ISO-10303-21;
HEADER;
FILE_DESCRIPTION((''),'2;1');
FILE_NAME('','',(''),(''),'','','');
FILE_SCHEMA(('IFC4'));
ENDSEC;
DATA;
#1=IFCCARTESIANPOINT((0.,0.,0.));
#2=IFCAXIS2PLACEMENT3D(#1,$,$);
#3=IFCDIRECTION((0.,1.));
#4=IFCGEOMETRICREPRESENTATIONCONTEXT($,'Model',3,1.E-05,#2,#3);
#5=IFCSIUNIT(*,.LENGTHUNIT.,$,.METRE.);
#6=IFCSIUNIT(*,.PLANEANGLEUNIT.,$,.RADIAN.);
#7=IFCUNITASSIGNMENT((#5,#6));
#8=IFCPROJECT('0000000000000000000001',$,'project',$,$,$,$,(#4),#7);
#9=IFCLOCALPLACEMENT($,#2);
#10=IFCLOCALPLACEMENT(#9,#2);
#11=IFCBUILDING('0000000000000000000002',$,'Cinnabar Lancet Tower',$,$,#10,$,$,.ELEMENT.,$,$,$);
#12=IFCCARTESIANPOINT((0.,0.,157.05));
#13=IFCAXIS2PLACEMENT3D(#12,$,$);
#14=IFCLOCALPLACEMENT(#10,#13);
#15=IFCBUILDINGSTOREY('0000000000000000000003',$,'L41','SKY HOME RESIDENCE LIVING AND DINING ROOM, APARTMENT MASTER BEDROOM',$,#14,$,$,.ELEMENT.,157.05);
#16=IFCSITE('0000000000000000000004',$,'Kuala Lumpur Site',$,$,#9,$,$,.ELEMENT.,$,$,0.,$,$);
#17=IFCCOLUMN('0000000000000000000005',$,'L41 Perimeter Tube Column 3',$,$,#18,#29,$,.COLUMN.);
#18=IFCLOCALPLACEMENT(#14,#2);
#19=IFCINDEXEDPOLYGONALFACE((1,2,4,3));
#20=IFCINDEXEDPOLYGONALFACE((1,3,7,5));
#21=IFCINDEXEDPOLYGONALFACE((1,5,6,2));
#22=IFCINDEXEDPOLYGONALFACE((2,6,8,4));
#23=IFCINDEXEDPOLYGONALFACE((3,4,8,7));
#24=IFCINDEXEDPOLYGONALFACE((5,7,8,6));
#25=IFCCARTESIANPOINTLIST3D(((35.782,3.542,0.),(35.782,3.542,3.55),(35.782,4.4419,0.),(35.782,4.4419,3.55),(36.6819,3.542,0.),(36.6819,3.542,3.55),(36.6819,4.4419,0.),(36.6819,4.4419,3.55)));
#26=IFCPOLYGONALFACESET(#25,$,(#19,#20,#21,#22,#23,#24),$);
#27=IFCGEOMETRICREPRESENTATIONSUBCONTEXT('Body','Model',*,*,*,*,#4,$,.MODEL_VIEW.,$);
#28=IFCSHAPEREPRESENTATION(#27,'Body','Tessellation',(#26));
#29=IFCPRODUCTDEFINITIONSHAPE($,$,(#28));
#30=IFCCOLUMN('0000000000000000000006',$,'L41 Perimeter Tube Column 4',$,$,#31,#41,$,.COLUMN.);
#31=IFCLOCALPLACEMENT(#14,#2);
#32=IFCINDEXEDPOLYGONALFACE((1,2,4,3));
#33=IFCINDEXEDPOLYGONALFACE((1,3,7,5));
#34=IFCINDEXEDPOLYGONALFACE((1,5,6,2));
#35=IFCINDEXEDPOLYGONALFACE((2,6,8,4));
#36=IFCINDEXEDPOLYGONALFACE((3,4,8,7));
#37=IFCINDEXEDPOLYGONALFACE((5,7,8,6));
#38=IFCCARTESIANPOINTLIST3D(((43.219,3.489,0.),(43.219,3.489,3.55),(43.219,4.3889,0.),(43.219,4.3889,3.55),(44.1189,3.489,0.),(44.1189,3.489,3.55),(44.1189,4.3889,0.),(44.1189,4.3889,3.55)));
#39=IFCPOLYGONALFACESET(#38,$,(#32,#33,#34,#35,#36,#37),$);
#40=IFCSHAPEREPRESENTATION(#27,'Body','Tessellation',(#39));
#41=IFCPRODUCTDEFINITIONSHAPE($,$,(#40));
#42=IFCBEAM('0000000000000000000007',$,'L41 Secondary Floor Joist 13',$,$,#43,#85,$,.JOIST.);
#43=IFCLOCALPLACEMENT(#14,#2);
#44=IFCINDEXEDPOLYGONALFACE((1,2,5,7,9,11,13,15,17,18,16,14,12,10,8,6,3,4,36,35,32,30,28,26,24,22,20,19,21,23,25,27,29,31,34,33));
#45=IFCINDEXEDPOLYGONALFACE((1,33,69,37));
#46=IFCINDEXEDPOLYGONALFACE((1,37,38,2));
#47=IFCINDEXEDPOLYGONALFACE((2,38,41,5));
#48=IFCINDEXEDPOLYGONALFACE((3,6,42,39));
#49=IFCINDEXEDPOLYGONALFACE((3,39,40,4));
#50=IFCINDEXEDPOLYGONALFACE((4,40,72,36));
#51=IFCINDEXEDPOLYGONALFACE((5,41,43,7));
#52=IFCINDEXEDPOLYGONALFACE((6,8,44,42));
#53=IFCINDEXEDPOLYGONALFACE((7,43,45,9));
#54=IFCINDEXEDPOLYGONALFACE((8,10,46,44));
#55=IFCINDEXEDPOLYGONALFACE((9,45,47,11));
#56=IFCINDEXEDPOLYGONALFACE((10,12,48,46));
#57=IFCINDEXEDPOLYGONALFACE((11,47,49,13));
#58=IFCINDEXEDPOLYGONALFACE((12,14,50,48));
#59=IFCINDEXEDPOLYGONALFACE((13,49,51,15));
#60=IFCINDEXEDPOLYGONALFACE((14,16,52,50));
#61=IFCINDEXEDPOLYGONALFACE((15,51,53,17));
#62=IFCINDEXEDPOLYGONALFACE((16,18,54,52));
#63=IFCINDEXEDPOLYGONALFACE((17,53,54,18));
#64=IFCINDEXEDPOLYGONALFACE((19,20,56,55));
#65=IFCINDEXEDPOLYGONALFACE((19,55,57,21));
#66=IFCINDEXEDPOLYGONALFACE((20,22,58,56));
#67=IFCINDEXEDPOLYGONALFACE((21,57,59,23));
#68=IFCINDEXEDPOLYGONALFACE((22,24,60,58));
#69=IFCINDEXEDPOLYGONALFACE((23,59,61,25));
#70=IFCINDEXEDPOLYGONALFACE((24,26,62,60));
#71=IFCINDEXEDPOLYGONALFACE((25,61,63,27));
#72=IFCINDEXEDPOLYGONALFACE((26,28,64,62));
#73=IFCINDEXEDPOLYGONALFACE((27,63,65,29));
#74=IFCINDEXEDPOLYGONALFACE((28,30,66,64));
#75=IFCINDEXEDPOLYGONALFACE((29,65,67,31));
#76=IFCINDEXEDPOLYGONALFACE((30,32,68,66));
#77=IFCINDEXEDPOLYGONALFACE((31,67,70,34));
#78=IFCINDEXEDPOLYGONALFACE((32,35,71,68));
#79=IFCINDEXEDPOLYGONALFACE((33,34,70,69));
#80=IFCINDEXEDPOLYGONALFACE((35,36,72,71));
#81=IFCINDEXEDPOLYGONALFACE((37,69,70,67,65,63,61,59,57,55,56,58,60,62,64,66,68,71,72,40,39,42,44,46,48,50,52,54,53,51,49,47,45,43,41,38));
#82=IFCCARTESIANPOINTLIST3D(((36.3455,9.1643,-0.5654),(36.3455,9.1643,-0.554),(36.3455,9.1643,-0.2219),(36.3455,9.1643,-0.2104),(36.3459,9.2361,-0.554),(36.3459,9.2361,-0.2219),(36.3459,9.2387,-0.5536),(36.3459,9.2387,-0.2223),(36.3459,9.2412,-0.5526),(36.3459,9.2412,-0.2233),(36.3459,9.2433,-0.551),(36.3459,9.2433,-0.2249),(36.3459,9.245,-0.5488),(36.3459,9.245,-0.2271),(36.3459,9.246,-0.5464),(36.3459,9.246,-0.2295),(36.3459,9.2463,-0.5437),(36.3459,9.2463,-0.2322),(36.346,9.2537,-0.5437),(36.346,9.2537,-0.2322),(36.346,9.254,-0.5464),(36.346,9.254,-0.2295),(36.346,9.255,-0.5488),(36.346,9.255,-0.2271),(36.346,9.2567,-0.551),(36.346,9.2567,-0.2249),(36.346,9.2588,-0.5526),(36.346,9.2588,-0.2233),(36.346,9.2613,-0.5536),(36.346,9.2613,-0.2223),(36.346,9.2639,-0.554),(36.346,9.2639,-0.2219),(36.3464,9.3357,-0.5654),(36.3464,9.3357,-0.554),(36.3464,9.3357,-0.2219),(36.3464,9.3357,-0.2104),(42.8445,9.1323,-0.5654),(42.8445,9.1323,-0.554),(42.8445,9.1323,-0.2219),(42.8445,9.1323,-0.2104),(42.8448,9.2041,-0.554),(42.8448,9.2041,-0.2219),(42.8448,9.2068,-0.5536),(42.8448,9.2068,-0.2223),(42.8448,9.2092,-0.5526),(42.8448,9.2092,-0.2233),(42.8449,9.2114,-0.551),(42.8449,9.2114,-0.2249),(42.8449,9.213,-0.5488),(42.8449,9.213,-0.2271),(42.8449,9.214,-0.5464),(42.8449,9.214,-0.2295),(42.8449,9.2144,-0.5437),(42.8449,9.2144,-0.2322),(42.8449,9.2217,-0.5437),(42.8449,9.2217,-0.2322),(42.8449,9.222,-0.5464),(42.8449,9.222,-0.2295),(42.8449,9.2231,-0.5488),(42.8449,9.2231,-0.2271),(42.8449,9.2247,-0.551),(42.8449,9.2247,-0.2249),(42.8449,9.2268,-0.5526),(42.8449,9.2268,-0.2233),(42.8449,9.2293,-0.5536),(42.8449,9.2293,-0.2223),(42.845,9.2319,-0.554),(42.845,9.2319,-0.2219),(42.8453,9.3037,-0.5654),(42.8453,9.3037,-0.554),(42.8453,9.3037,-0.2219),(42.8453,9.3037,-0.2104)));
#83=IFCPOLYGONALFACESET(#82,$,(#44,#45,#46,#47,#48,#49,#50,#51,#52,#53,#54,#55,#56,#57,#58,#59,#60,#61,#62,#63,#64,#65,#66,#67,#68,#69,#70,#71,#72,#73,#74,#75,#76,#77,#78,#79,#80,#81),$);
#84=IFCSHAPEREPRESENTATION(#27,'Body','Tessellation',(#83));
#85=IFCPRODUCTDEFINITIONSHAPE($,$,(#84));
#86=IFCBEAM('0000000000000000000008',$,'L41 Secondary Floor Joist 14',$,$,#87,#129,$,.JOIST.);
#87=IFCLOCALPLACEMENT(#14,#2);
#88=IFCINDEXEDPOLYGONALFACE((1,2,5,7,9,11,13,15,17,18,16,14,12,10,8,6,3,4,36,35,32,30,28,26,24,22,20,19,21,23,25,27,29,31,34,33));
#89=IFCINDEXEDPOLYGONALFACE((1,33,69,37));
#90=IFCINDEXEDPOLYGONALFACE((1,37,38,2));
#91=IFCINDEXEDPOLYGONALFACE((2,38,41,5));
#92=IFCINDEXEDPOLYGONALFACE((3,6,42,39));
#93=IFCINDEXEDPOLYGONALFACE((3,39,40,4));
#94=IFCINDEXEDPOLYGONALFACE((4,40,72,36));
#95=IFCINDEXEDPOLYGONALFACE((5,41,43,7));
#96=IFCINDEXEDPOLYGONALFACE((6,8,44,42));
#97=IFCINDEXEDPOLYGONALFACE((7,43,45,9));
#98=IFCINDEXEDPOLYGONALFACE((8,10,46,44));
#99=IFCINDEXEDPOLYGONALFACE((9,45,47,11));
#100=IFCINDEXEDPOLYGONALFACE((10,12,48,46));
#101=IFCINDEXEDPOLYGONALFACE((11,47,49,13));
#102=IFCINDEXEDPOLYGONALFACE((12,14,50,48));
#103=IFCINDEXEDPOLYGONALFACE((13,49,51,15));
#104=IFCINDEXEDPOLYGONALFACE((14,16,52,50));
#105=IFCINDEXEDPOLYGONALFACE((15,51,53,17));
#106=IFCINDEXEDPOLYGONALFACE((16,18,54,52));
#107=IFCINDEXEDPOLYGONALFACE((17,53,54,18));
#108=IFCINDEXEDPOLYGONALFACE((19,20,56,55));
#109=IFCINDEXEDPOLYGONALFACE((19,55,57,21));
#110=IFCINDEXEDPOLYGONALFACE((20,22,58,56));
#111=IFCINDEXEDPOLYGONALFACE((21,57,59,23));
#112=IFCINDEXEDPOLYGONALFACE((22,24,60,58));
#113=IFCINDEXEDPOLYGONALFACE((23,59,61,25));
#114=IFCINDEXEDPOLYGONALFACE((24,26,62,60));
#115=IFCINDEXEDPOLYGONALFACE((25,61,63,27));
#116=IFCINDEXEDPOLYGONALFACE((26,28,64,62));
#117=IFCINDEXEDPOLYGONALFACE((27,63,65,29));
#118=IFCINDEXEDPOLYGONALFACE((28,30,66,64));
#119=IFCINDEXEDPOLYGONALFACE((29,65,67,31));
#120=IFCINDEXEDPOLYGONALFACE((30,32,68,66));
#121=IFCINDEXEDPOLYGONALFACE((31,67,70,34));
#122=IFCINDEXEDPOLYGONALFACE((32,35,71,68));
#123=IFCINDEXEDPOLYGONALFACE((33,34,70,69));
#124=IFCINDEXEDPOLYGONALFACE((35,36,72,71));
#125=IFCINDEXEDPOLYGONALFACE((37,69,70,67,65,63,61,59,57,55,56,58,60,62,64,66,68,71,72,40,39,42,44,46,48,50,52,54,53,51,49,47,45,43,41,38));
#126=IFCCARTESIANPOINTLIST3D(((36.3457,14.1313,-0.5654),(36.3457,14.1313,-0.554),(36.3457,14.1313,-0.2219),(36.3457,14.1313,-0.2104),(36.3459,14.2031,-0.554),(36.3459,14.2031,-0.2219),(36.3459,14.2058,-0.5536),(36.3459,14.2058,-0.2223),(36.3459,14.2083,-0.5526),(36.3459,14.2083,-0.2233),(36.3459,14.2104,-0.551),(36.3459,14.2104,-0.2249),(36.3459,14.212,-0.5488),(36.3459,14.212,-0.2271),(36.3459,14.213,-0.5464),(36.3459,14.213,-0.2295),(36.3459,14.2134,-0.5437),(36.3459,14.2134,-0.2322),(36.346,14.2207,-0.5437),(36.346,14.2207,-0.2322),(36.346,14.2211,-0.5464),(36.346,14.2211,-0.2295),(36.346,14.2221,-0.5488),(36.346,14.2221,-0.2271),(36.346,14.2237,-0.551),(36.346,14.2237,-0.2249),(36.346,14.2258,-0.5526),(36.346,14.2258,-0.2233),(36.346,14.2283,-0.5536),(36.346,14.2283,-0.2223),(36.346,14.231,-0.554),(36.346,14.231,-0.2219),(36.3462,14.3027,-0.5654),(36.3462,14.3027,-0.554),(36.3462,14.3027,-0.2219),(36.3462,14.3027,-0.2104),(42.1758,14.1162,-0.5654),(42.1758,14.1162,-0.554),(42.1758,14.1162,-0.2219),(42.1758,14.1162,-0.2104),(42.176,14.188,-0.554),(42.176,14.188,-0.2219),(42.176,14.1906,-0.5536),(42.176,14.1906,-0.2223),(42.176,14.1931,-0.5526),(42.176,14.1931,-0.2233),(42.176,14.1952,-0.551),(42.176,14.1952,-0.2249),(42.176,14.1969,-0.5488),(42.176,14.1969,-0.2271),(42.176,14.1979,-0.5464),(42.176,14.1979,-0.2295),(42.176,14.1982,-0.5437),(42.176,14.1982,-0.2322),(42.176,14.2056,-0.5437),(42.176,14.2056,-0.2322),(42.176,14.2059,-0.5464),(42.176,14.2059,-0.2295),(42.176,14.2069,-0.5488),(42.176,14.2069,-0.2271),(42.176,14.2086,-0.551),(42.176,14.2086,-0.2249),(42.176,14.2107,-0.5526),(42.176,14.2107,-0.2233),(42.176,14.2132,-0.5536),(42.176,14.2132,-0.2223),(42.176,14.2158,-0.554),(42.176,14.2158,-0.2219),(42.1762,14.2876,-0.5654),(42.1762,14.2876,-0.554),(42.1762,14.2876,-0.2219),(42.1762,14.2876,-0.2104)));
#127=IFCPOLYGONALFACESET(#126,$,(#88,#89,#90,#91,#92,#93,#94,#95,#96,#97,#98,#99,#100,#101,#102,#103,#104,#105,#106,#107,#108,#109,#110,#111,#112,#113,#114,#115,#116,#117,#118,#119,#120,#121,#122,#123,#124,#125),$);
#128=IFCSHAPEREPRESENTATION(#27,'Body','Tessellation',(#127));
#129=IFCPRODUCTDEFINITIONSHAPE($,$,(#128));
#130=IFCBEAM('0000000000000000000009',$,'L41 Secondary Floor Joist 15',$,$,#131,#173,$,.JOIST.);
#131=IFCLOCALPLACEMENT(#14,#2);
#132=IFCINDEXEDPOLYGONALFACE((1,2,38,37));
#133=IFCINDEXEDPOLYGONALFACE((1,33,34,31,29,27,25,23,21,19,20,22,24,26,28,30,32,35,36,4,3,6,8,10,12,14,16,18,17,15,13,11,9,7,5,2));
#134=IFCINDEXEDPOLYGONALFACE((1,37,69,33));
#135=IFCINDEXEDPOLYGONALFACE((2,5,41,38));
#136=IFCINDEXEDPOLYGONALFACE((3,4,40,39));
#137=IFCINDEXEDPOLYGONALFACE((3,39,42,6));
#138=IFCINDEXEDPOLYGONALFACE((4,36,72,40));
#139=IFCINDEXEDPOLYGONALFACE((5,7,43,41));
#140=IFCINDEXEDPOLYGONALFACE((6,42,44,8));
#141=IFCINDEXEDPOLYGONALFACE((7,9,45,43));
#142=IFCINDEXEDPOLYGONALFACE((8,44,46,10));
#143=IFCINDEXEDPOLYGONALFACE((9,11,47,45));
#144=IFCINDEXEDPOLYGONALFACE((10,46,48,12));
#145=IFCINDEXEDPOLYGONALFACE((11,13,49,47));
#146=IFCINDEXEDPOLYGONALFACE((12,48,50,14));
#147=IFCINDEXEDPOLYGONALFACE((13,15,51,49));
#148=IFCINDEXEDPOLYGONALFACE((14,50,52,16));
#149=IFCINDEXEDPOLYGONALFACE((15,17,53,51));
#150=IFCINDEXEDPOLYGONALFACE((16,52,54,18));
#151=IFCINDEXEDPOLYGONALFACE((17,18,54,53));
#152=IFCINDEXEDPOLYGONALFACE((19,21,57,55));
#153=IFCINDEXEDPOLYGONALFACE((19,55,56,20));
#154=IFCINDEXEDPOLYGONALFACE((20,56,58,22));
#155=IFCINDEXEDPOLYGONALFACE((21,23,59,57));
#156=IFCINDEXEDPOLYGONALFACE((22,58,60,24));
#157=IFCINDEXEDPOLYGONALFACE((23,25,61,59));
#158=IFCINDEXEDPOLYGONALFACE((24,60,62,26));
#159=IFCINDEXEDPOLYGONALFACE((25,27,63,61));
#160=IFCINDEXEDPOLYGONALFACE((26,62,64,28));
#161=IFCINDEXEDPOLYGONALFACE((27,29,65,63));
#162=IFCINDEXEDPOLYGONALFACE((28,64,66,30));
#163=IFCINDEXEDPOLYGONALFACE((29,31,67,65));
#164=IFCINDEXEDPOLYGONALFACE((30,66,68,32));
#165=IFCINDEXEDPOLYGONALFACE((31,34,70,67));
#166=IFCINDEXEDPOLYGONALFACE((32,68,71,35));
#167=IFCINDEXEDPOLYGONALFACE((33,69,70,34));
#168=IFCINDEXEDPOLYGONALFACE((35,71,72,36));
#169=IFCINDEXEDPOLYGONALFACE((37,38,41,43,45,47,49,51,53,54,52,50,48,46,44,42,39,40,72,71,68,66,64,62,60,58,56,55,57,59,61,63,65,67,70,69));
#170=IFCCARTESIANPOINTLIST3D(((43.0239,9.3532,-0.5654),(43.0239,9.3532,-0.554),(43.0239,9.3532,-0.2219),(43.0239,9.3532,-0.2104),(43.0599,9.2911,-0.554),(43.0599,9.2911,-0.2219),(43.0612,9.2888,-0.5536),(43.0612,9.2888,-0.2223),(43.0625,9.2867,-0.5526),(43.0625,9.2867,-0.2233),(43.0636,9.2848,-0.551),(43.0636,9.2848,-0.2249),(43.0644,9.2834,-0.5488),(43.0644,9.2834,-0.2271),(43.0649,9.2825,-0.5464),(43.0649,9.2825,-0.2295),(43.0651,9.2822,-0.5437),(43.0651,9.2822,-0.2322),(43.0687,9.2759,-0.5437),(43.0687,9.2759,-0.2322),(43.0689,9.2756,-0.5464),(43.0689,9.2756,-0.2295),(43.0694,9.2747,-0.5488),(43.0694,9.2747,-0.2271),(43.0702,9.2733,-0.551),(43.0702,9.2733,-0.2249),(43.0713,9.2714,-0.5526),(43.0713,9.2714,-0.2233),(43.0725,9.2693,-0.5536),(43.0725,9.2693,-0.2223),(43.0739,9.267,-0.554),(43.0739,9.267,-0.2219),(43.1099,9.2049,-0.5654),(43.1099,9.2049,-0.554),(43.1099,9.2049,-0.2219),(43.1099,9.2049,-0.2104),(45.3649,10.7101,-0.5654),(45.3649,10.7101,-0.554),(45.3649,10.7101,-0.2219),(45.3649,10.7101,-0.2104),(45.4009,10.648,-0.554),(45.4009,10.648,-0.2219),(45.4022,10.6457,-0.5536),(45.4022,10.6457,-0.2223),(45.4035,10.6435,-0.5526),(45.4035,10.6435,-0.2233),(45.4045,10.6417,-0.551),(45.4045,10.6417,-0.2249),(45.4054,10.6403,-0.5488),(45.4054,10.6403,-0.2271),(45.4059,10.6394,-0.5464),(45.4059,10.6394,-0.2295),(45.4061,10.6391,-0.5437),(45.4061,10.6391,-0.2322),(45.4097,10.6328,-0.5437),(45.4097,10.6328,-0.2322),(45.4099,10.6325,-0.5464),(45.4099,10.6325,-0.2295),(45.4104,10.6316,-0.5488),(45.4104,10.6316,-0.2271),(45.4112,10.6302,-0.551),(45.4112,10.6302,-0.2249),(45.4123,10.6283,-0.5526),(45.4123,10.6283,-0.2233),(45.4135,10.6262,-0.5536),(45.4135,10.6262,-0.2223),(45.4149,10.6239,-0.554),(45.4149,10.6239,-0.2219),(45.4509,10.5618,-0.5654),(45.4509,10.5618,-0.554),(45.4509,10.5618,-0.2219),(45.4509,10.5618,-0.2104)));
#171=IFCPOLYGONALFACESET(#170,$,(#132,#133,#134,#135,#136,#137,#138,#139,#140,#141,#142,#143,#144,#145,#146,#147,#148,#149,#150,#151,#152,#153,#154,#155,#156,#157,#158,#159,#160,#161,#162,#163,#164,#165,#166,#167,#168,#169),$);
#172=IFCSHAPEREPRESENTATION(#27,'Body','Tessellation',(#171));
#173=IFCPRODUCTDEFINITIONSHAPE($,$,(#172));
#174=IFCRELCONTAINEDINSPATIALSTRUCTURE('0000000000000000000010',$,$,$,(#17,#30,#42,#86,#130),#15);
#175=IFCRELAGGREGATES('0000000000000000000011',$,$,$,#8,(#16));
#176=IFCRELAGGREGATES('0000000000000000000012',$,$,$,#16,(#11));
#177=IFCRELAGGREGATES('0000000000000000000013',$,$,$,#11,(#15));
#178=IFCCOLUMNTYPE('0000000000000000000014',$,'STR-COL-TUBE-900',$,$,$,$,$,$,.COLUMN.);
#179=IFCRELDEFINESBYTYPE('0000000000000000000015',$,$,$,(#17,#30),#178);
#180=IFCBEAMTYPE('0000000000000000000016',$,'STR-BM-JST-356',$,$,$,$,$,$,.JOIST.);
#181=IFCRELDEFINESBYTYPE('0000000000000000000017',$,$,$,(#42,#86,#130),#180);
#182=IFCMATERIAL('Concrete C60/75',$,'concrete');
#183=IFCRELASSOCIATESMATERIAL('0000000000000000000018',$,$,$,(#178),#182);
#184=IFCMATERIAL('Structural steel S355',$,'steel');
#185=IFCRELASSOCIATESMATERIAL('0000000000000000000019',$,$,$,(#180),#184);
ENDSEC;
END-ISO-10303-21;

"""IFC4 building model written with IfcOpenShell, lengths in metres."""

from ifc_helpers import new_model, si_unit, direction, frame, origin, origin_2d, place, context, subcontext, project, spatial, rectangle, i_section, extrude, material, material_profile, profile_set, type_object, element, save


model = new_model("IFC4")

# Units and contexts
model_context = context("Model", 3, precision=1e-05, world=origin(), true_north=direction((0.0, 1.0)))
body_context = subcontext(model_context, "Body", "Model", "MODEL_VIEW")
ifc_project = project(units=[si_unit("LENGTHUNIT", "METRE"), si_unit("PLANEANGLEUNIT", "RADIAN")], contexts=[model_context])

# Site, building, storey
site_placement = place(None, origin())
site = spatial("IfcSite", under=ifc_project, at=site_placement, Name="Kuala Lumpur Site", CompositionType="ELEMENT", RefElevation=0.0)
building_placement = place(site_placement, origin())
building = spatial("IfcBuilding", under=site, at=building_placement, Name="Cinnabar Lancet Tower", CompositionType="ELEMENT")
storey_placement = place(building_placement, frame((0.0, 0.0, 157.05)))
storey = spatial("IfcBuildingStorey", under=building, at=storey_placement, Name="L41", Description="SKY HOME RESIDENCE LIVING AND DINING ROOM, APARTMENT MASTER BEDROOM", CompositionType="ELEMENT", Elevation=157.05)

# Columns
ifc_material_1 = material(Name="Concrete C60/75", Category="concrete")
ifc_material_profile_1 = material_profile(ifc_material_1, rectangle(XDim=0.8999, YDim=0.8999, at=origin_2d()), Name="RC-COL 900x900")
ifc_profile_set_1 = profile_set([ifc_material_profile_1], Name="Concrete C60/75")
column_type = type_object("IfcColumnType", Name="STR-COL-TUBE-900", PredefinedType="COLUMN", material=ifc_profile_set_1)
for number, where, z_axis, x_axis, name in (
    (1, (36.2319, 3.9919, 0.0), (0.0, 0.0, 1.0), (1.0, 0.0, 0.0), "L41 Perimeter Tube Column 3"),
    (2, (43.6689, 3.939, 0.0), (0.0, 0.0, 1.0), (1.0, 0.0, 0.0), "L41 Perimeter Tube Column 4"),
):
    element("IfcColumn", number, at=place(storey_placement, frame(where, z_axis=z_axis, x_axis=x_axis)), inside=storey, type_object=column_type, Name=name, PredefinedType="COLUMN", context=body_context, shape_type="SweptSolid", body=[
        extrude(rectangle(XDim=0.8999, YDim=0.8999, at=origin_2d()), origin(), (0.0, 0.0, 1.0), 3.55),
    ])

# Beams
ifc_material_2 = material(Name="Structural steel S355", Category="steel")
ifc_material_profile_2 = material_profile(ifc_material_2, i_section(OverallWidth=0.1714, OverallDepth=0.355, WebThickness=0.0073, FlangeThickness=0.0115, FilletRadius=0.0103, at=origin_2d()), Name="UKB 356x171x51")
ifc_profile_set_2 = profile_set([ifc_material_profile_2], Name="Structural steel S355")
beam_type_1 = type_object("IfcBeamType", Name="STR-BM-JST-356", PredefinedType="JOIST", material=ifc_profile_set_2)
beam_1_placement = place(storey_placement, frame((36.3459, 9.25, -0.3879), z_axis=(0.999988, -0.004921, 0.0), x_axis=(0.004921, 0.999988, 0.0)))
element("IfcBeam", 3, at=beam_1_placement, inside=storey, type_object=beam_type_1, Name="L41 Secondary Floor Joist 13", PredefinedType="JOIST", context=body_context, shape_type="SweptSolid", body=[
    extrude(i_section(OverallWidth=0.1714, OverallDepth=0.355, WebThickness=0.0073, FlangeThickness=0.0115, FilletRadius=0.0103, at=origin_2d()), origin(), (0.0, 0.0, 1.0), 6.499),
])
beam_2_placement = place(storey_placement, frame((36.3459, 14.217, -0.3879), z_axis=(0.999997, -0.002596, 0.0), x_axis=(0.002596, 0.999997, 0.0)))
element("IfcBeam", 4, at=beam_2_placement, inside=storey, type_object=beam_type_1, Name="L41 Secondary Floor Joist 14", PredefinedType="JOIST", context=body_context, shape_type="SweptSolid", body=[
    extrude(i_section(OverallWidth=0.1714, OverallDepth=0.355, WebThickness=0.0073, FlangeThickness=0.0115, FilletRadius=0.0103, at=origin_2d()), origin(), (0.0, 0.0, 1.0), 5.8301),
])
beam_3_placement = place(storey_placement, frame((43.0669, 9.2791, -0.3879), z_axis=(0.865173, 0.501474, 0.0), x_axis=(-0.501474, 0.865173, 0.0)))
element("IfcBeam", 5, at=beam_3_placement, inside=storey, type_object=beam_type_1, Name="L41 Secondary Floor Joist 15", PredefinedType="JOIST", context=body_context, shape_type="SweptSolid", body=[
    extrude(i_section(OverallWidth=0.1714, OverallDepth=0.355, WebThickness=0.0073, FlangeThickness=0.0115, FilletRadius=0.0103, at=origin_2d()), origin(), (0.0, 0.0, 1.0), 2.7058),
])

save(model, "model.ifc")
